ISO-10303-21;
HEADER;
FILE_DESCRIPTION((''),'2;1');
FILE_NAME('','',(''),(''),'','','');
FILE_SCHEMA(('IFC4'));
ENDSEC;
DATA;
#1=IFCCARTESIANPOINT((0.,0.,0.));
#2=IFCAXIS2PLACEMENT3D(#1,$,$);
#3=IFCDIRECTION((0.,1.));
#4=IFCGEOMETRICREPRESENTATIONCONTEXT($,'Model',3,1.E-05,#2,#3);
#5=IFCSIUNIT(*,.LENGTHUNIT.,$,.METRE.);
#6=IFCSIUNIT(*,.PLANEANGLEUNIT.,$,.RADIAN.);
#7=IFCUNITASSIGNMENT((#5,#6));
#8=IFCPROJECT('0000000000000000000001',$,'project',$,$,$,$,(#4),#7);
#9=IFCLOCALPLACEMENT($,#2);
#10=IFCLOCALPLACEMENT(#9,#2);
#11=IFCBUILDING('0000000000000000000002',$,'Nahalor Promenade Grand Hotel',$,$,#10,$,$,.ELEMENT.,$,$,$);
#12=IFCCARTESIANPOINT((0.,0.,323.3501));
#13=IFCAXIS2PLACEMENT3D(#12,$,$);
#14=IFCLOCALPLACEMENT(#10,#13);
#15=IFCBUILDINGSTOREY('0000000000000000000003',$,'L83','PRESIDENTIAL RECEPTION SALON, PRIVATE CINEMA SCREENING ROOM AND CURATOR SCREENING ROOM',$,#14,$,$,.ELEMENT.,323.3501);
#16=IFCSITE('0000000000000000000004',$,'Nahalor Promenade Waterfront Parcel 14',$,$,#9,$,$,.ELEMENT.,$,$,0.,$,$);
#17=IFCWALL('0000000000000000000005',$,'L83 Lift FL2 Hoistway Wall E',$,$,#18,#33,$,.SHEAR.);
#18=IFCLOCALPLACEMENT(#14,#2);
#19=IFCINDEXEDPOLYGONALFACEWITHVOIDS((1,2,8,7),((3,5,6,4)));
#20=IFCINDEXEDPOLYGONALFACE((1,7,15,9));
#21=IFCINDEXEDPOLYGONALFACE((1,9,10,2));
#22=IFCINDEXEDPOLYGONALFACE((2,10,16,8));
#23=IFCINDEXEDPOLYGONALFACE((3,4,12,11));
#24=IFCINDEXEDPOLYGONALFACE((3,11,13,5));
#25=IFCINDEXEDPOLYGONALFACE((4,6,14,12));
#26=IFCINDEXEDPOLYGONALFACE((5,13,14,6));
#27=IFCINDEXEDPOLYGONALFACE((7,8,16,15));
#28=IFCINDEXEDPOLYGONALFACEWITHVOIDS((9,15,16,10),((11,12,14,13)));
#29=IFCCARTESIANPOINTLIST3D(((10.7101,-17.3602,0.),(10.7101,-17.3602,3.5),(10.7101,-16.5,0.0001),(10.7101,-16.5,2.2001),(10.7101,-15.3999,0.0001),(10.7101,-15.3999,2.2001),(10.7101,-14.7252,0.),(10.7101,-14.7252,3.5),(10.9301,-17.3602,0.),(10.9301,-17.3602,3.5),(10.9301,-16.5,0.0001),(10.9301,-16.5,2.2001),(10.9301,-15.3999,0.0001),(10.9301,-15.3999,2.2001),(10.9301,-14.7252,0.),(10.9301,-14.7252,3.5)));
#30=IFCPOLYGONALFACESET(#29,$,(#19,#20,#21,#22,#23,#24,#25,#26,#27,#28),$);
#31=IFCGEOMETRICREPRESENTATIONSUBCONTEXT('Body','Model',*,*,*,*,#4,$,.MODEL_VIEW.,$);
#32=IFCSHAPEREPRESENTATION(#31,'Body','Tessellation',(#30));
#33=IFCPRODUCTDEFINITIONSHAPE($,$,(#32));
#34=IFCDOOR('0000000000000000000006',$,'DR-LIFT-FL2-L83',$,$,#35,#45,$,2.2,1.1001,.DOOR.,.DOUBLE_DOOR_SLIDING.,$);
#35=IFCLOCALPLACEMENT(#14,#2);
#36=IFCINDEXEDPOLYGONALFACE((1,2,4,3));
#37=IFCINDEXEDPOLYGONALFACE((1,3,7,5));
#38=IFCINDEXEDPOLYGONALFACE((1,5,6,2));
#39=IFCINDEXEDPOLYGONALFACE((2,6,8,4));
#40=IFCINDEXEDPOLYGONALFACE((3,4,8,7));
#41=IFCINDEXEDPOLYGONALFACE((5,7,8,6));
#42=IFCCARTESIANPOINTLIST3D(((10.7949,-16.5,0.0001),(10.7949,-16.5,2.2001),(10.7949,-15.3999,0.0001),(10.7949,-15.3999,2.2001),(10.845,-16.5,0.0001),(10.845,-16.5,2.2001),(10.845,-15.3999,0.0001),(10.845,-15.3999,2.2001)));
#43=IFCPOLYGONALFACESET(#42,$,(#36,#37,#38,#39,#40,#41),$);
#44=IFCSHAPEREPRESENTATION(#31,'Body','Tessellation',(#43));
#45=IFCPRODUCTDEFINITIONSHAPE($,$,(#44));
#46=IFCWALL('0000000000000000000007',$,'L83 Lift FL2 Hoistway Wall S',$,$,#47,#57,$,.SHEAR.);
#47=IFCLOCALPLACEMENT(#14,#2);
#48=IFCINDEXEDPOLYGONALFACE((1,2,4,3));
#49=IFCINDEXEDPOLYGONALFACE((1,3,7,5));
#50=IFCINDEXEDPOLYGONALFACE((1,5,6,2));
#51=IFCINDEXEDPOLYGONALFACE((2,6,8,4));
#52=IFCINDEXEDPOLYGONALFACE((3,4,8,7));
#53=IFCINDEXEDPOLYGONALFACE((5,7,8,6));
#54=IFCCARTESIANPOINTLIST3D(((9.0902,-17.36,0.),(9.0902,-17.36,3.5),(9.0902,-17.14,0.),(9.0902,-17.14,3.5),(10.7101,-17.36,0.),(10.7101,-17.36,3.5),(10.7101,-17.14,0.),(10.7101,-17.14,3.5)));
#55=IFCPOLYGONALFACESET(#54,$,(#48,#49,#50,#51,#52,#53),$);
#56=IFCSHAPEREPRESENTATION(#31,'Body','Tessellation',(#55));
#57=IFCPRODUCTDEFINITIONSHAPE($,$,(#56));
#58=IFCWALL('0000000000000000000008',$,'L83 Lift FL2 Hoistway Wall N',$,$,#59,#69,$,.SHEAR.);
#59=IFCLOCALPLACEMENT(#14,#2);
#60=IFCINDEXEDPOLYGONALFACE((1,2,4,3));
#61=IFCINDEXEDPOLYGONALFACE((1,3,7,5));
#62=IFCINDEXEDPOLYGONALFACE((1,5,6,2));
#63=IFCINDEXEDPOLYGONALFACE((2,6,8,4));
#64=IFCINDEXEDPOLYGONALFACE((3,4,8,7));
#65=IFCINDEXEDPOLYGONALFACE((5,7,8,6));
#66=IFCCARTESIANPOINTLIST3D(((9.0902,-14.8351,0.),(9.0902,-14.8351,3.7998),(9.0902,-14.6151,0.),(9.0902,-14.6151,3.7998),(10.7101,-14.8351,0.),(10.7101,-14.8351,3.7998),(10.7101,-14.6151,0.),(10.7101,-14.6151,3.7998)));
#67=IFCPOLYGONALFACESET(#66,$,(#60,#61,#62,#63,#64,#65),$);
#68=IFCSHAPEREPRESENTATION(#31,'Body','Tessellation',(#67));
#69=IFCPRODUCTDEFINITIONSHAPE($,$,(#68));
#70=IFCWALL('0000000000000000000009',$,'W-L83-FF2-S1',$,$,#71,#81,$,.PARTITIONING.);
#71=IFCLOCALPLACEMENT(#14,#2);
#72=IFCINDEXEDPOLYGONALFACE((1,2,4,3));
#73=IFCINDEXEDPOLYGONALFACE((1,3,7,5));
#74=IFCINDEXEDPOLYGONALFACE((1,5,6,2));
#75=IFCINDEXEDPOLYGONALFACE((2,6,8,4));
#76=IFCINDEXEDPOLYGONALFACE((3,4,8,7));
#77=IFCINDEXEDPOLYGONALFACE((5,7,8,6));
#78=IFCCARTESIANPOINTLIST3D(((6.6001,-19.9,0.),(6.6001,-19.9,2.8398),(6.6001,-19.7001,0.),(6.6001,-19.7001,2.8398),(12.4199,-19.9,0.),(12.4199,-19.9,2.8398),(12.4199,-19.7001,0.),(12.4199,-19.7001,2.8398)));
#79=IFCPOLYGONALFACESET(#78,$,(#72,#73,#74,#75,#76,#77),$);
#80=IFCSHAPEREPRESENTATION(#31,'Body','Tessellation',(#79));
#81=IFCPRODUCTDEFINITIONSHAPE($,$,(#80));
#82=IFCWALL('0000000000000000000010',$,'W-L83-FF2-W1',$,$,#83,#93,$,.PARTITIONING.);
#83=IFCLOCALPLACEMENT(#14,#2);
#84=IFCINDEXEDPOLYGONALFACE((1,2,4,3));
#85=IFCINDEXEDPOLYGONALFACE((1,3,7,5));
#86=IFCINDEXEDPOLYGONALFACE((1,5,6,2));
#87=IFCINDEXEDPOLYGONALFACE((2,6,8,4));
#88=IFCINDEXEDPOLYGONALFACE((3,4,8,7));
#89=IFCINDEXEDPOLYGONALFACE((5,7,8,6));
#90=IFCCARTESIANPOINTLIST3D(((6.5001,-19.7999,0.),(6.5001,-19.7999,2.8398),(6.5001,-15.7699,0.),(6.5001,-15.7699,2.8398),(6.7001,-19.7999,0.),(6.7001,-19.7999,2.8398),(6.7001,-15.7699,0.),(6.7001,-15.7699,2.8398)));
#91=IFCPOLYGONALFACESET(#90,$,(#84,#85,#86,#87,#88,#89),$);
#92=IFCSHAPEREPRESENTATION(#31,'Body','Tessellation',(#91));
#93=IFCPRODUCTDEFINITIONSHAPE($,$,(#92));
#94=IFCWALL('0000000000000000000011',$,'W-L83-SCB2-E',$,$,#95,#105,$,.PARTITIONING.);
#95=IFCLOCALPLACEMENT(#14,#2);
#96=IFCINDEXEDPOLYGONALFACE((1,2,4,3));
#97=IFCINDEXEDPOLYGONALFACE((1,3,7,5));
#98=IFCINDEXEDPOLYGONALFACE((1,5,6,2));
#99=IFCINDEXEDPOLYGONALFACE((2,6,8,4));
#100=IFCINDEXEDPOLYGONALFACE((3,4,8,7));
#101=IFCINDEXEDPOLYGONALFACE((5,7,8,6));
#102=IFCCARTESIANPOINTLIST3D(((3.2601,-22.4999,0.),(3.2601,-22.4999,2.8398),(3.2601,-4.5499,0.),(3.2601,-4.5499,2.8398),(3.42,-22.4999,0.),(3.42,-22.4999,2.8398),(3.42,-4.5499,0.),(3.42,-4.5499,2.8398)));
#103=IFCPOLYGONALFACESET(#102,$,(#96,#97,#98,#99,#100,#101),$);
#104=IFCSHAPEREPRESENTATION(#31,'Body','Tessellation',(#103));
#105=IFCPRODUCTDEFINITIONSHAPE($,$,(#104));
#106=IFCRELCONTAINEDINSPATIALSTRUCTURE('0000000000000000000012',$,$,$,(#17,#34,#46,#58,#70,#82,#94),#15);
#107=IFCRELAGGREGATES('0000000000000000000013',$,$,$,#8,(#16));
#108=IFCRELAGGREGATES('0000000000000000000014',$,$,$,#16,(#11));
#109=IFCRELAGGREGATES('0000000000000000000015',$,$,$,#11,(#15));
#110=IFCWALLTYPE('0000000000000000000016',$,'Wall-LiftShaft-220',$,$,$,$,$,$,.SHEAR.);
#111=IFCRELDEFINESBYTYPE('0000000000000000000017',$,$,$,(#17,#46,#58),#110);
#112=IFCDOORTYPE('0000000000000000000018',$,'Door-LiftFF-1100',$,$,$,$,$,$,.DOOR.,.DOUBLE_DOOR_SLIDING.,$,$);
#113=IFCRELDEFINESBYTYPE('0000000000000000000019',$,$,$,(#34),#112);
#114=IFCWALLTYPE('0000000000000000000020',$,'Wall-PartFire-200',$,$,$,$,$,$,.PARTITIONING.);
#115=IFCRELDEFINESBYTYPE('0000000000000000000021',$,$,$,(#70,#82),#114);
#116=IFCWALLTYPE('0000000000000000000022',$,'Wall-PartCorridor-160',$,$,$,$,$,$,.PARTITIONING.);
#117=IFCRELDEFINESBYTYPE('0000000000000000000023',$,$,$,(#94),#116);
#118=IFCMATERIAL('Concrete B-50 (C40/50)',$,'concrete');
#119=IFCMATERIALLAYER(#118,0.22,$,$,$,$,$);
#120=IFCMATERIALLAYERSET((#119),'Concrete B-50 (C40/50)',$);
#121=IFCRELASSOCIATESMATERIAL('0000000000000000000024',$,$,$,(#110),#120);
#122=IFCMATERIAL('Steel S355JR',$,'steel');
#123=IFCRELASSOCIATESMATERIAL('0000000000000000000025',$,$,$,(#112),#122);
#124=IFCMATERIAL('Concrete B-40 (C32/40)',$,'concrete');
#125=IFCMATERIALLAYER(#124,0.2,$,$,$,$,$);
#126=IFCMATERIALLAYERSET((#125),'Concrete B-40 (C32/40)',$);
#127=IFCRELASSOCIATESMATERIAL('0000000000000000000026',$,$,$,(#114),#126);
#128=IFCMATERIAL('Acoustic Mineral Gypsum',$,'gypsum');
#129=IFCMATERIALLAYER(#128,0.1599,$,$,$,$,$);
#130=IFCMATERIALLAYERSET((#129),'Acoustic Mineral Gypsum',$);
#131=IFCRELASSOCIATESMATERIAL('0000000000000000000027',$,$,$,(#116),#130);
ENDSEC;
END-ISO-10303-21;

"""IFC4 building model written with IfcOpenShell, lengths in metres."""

from ifc_helpers import new_model, si_unit, direction, frame, frame_2d, origin, place, context, subcontext, project, spatial, rectangle, extrude, source, transform, mapped, material, layer, layer_set, type_object, element, fill, save


model = new_model("IFC4")

# Units and contexts
model_context = context("Model", 3, precision=1e-05, world=origin(), true_north=direction((0.0, 1.0)))
body_context = subcontext(model_context, "Body", "Model", "MODEL_VIEW")
ifc_project = project(units=[si_unit("LENGTHUNIT", "METRE"), si_unit("PLANEANGLEUNIT", "RADIAN")], contexts=[model_context])

# Site, building, storey
site_placement = place(None, origin())
site = spatial("IfcSite", under=ifc_project, at=site_placement, Name="Nahalor Promenade Waterfront Parcel 14", CompositionType="ELEMENT", RefElevation=0.0)
building_placement = place(site_placement, origin())
building = spatial("IfcBuilding", under=site, at=building_placement, Name="Nahalor Promenade Grand Hotel", CompositionType="ELEMENT")
storey_placement = place(building_placement, frame((0.0, 0.0, 323.3501)))
storey = spatial("IfcBuildingStorey", under=building, at=storey_placement, Name="L83", Description="PRESIDENTIAL RECEPTION SALON, PRIVATE CINEMA SCREENING ROOM AND CURATOR SCREENING ROOM", CompositionType="ELEMENT", Elevation=323.3501)

# Shared definitions
ifc_material_1 = material(Name="Concrete B-50 (C40/50)", Category="concrete")
ifc_material_2 = material(Name="Steel S355JR", Category="steel")

# Shared definitions
ifc_layer_1 = layer(ifc_material_1, 0.22)
ifc_layer_set_1 = layer_set([ifc_layer_1], Name="Concrete B-50 (C40/50)")
wall_type_1 = type_object("IfcWallType", Name="Wall-LiftShaft-220", PredefinedType="SHEAR", material=ifc_layer_set_1)
shared_shape_1 = source(origin(), body_context, "Body", "SweptSolid", [
    extrude(rectangle(XDim=2.635, YDim=0.22, at=frame_2d((1.3174, 0.0))), origin(), (0.0, 0.0, 1.0), 3.5),
])

# Wall, opening, door
wall_1_placement = place(storey_placement, frame((10.8201, -17.3601, 0.0), z_axis=(0.0, 0.0, 1.0), x_axis=(0.0, 1.0, 0.0)))
wall_1 = element("IfcWall", 1, at=wall_1_placement, inside=storey, type_object=wall_type_1, Name="L83 Lift FL2 Hoistway Wall E", PredefinedType="SHEAR", context=body_context, shape_type="MappedRepresentation", body=[
    mapped(shared_shape_1, transform((0.0, 0.0, 0.0), scale=1.0)),
])
opening_1_placement = place(wall_1_placement, frame((0.8601, 0.0, 0.0)))
opening_1 = element("IfcOpeningElement", 2, at=opening_1_placement, cuts=wall_1, PredefinedType="OPENING", context=body_context, shape_type="SweptSolid", body=[
    extrude(rectangle(XDim=1.1001, YDim=2.2, at=frame_2d((0.55, 1.1001))), frame((0.0, 0.1199, 0.0), z_axis=(0.0, -1.0, 0.0), x_axis=(1.0, 0.0, 0.0)), (0.0, 0.0, 1.0), 0.24),
])
door_type_1 = type_object("IfcDoorType", Name="Door-LiftFF-1100", OperationType="DOUBLE_DOOR_SLIDING", PredefinedType="DOOR", material=ifc_material_2)
shared_shape_2 = source(origin(), body_context, "Body", "SweptSolid", [
    extrude(rectangle(XDim=1.1001, YDim=2.2, at=frame_2d((0.55, 1.1001))), frame((0.0, 0.0249, 0.0), z_axis=(0.0, -1.0, 0.0), x_axis=(1.0, 0.0, 0.0)), (0.0, 0.0, 1.0), 0.05),
])
door_1_placement = place(opening_1_placement, frame((1.1001, 0.0, 0.0), z_axis=(0.0, 0.0, 1.0), x_axis=(-1.0, 0.0, 0.0)))
door_1 = element("IfcDoor", 3, at=door_1_placement, inside=storey, type_object=door_type_1, Name="DR-LIFT-FL2-L83", OperationType="DOUBLE_DOOR_SLIDING", OverallHeight=2.2, OverallWidth=1.1001, PredefinedType="DOOR", context=body_context, shape_type="MappedRepresentation", body=[
    mapped(shared_shape_2, transform((0.0, 0.0, 0.0), scale=1.0)),
])
fill(opening_1, door_1)

# Walls
shared_shape_3 = source(origin(), body_context, "Body", "SweptSolid", [
    extrude(rectangle(XDim=1.6199, YDim=0.22, at=frame_2d((0.8101, 0.0))), origin(), (0.0, 0.0, 1.0), 3.5),
])
wall_2_placement = place(storey_placement, frame((9.0901, -17.25, 0.0), z_axis=(0.0, 0.0, 1.0), x_axis=(1.0, 0.0, 0.0)))
element("IfcWall", 4, at=wall_2_placement, inside=storey, type_object=wall_type_1, Name="L83 Lift FL2 Hoistway Wall S", PredefinedType="SHEAR", context=body_context, shape_type="MappedRepresentation", body=[
    mapped(shared_shape_3, transform((0.0, 0.0, 0.0), scale=1.0)),
])
shared_shape_4 = source(origin(), body_context, "Body", "SweptSolid", [
    extrude(rectangle(XDim=1.6199, YDim=0.22, at=frame_2d((0.8101, 0.0))), origin(), (0.0, 0.0, 1.0), 3.7998),
])
wall_3_placement = place(storey_placement, frame((9.0901, -14.7251, 0.0), z_axis=(0.0, 0.0, 1.0), x_axis=(1.0, 0.0, 0.0)))
element("IfcWall", 5, at=wall_3_placement, inside=storey, type_object=wall_type_1, Name="L83 Lift FL2 Hoistway Wall N", PredefinedType="SHEAR", context=body_context, shape_type="MappedRepresentation", body=[
    mapped(shared_shape_4, transform((0.0, 0.0, 0.0), scale=1.0)),
])
ifc_material_3 = material(Name="Concrete B-40 (C32/40)", Category="concrete")
ifc_layer_2 = layer(ifc_material_3, 0.2)
ifc_layer_set_2 = layer_set([ifc_layer_2], Name="Concrete B-40 (C32/40)")
wall_type_2 = type_object("IfcWallType", Name="Wall-PartFire-200", PredefinedType="PARTITIONING", material=ifc_layer_set_2)
shared_shape_5 = source(origin(), body_context, "Body", "SweptSolid", [
    extrude(rectangle(XDim=5.8198, YDim=0.2, at=frame_2d((2.9099, 0.0))), origin(), (0.0, 0.0, 1.0), 2.8398),
])
wall_4_placement = place(storey_placement, frame((6.6001, -19.8, 0.0), z_axis=(0.0, 0.0, 1.0), x_axis=(1.0, 0.0, 0.0)))
element("IfcWall", 6, at=wall_4_placement, inside=storey, type_object=wall_type_2, Name="W-L83-FF2-S1", PredefinedType="PARTITIONING", context=body_context, shape_type="MappedRepresentation", body=[
    mapped(shared_shape_5, transform((0.0, 0.0, 0.0), scale=1.0)),
])
shared_shape_6 = source(origin(), body_context, "Body", "SweptSolid", [
    extrude(rectangle(XDim=4.03, YDim=0.2, at=frame_2d((2.0151, 0.0))), origin(), (0.0, 0.0, 1.0), 2.8398),
])
wall_5_placement = place(storey_placement, frame((6.6001, -19.8, 0.0), z_axis=(0.0, 0.0, 1.0), x_axis=(0.0, 1.0, 0.0)))
element("IfcWall", 7, at=wall_5_placement, inside=storey, type_object=wall_type_2, Name="W-L83-FF2-W1", PredefinedType="PARTITIONING", context=body_context, shape_type="MappedRepresentation", body=[
    mapped(shared_shape_6, transform((0.0, 0.0, 0.0), scale=1.0)),
])
ifc_material_4 = material(Name="Acoustic Mineral Gypsum", Category="gypsum")
ifc_layer_3 = layer(ifc_material_4, 0.1599)
ifc_layer_set_3 = layer_set([ifc_layer_3], Name="Acoustic Mineral Gypsum")
wall_type_3 = type_object("IfcWallType", Name="Wall-PartCorridor-160", PredefinedType="PARTITIONING", material=ifc_layer_set_3)
shared_shape_7 = source(origin(), body_context, "Body", "SweptSolid", [
    extrude(rectangle(XDim=17.95, YDim=0.1599, at=frame_2d((8.9751, 0.0))), origin(), (0.0, 0.0, 1.0), 2.8398),
])
wall_6_placement = place(storey_placement, frame((3.3401, -22.5, 0.0), z_axis=(0.0, 0.0, 1.0), x_axis=(0.0, 1.0, 0.0)))
element("IfcWall", 8, at=wall_6_placement, inside=storey, type_object=wall_type_3, Name="W-L83-SCB2-E", PredefinedType="PARTITIONING", context=body_context, shape_type="MappedRepresentation", body=[
    mapped(shared_shape_7, transform((0.0, 0.0, 0.0), scale=1.0)),
])

save(model, "model.ifc")
